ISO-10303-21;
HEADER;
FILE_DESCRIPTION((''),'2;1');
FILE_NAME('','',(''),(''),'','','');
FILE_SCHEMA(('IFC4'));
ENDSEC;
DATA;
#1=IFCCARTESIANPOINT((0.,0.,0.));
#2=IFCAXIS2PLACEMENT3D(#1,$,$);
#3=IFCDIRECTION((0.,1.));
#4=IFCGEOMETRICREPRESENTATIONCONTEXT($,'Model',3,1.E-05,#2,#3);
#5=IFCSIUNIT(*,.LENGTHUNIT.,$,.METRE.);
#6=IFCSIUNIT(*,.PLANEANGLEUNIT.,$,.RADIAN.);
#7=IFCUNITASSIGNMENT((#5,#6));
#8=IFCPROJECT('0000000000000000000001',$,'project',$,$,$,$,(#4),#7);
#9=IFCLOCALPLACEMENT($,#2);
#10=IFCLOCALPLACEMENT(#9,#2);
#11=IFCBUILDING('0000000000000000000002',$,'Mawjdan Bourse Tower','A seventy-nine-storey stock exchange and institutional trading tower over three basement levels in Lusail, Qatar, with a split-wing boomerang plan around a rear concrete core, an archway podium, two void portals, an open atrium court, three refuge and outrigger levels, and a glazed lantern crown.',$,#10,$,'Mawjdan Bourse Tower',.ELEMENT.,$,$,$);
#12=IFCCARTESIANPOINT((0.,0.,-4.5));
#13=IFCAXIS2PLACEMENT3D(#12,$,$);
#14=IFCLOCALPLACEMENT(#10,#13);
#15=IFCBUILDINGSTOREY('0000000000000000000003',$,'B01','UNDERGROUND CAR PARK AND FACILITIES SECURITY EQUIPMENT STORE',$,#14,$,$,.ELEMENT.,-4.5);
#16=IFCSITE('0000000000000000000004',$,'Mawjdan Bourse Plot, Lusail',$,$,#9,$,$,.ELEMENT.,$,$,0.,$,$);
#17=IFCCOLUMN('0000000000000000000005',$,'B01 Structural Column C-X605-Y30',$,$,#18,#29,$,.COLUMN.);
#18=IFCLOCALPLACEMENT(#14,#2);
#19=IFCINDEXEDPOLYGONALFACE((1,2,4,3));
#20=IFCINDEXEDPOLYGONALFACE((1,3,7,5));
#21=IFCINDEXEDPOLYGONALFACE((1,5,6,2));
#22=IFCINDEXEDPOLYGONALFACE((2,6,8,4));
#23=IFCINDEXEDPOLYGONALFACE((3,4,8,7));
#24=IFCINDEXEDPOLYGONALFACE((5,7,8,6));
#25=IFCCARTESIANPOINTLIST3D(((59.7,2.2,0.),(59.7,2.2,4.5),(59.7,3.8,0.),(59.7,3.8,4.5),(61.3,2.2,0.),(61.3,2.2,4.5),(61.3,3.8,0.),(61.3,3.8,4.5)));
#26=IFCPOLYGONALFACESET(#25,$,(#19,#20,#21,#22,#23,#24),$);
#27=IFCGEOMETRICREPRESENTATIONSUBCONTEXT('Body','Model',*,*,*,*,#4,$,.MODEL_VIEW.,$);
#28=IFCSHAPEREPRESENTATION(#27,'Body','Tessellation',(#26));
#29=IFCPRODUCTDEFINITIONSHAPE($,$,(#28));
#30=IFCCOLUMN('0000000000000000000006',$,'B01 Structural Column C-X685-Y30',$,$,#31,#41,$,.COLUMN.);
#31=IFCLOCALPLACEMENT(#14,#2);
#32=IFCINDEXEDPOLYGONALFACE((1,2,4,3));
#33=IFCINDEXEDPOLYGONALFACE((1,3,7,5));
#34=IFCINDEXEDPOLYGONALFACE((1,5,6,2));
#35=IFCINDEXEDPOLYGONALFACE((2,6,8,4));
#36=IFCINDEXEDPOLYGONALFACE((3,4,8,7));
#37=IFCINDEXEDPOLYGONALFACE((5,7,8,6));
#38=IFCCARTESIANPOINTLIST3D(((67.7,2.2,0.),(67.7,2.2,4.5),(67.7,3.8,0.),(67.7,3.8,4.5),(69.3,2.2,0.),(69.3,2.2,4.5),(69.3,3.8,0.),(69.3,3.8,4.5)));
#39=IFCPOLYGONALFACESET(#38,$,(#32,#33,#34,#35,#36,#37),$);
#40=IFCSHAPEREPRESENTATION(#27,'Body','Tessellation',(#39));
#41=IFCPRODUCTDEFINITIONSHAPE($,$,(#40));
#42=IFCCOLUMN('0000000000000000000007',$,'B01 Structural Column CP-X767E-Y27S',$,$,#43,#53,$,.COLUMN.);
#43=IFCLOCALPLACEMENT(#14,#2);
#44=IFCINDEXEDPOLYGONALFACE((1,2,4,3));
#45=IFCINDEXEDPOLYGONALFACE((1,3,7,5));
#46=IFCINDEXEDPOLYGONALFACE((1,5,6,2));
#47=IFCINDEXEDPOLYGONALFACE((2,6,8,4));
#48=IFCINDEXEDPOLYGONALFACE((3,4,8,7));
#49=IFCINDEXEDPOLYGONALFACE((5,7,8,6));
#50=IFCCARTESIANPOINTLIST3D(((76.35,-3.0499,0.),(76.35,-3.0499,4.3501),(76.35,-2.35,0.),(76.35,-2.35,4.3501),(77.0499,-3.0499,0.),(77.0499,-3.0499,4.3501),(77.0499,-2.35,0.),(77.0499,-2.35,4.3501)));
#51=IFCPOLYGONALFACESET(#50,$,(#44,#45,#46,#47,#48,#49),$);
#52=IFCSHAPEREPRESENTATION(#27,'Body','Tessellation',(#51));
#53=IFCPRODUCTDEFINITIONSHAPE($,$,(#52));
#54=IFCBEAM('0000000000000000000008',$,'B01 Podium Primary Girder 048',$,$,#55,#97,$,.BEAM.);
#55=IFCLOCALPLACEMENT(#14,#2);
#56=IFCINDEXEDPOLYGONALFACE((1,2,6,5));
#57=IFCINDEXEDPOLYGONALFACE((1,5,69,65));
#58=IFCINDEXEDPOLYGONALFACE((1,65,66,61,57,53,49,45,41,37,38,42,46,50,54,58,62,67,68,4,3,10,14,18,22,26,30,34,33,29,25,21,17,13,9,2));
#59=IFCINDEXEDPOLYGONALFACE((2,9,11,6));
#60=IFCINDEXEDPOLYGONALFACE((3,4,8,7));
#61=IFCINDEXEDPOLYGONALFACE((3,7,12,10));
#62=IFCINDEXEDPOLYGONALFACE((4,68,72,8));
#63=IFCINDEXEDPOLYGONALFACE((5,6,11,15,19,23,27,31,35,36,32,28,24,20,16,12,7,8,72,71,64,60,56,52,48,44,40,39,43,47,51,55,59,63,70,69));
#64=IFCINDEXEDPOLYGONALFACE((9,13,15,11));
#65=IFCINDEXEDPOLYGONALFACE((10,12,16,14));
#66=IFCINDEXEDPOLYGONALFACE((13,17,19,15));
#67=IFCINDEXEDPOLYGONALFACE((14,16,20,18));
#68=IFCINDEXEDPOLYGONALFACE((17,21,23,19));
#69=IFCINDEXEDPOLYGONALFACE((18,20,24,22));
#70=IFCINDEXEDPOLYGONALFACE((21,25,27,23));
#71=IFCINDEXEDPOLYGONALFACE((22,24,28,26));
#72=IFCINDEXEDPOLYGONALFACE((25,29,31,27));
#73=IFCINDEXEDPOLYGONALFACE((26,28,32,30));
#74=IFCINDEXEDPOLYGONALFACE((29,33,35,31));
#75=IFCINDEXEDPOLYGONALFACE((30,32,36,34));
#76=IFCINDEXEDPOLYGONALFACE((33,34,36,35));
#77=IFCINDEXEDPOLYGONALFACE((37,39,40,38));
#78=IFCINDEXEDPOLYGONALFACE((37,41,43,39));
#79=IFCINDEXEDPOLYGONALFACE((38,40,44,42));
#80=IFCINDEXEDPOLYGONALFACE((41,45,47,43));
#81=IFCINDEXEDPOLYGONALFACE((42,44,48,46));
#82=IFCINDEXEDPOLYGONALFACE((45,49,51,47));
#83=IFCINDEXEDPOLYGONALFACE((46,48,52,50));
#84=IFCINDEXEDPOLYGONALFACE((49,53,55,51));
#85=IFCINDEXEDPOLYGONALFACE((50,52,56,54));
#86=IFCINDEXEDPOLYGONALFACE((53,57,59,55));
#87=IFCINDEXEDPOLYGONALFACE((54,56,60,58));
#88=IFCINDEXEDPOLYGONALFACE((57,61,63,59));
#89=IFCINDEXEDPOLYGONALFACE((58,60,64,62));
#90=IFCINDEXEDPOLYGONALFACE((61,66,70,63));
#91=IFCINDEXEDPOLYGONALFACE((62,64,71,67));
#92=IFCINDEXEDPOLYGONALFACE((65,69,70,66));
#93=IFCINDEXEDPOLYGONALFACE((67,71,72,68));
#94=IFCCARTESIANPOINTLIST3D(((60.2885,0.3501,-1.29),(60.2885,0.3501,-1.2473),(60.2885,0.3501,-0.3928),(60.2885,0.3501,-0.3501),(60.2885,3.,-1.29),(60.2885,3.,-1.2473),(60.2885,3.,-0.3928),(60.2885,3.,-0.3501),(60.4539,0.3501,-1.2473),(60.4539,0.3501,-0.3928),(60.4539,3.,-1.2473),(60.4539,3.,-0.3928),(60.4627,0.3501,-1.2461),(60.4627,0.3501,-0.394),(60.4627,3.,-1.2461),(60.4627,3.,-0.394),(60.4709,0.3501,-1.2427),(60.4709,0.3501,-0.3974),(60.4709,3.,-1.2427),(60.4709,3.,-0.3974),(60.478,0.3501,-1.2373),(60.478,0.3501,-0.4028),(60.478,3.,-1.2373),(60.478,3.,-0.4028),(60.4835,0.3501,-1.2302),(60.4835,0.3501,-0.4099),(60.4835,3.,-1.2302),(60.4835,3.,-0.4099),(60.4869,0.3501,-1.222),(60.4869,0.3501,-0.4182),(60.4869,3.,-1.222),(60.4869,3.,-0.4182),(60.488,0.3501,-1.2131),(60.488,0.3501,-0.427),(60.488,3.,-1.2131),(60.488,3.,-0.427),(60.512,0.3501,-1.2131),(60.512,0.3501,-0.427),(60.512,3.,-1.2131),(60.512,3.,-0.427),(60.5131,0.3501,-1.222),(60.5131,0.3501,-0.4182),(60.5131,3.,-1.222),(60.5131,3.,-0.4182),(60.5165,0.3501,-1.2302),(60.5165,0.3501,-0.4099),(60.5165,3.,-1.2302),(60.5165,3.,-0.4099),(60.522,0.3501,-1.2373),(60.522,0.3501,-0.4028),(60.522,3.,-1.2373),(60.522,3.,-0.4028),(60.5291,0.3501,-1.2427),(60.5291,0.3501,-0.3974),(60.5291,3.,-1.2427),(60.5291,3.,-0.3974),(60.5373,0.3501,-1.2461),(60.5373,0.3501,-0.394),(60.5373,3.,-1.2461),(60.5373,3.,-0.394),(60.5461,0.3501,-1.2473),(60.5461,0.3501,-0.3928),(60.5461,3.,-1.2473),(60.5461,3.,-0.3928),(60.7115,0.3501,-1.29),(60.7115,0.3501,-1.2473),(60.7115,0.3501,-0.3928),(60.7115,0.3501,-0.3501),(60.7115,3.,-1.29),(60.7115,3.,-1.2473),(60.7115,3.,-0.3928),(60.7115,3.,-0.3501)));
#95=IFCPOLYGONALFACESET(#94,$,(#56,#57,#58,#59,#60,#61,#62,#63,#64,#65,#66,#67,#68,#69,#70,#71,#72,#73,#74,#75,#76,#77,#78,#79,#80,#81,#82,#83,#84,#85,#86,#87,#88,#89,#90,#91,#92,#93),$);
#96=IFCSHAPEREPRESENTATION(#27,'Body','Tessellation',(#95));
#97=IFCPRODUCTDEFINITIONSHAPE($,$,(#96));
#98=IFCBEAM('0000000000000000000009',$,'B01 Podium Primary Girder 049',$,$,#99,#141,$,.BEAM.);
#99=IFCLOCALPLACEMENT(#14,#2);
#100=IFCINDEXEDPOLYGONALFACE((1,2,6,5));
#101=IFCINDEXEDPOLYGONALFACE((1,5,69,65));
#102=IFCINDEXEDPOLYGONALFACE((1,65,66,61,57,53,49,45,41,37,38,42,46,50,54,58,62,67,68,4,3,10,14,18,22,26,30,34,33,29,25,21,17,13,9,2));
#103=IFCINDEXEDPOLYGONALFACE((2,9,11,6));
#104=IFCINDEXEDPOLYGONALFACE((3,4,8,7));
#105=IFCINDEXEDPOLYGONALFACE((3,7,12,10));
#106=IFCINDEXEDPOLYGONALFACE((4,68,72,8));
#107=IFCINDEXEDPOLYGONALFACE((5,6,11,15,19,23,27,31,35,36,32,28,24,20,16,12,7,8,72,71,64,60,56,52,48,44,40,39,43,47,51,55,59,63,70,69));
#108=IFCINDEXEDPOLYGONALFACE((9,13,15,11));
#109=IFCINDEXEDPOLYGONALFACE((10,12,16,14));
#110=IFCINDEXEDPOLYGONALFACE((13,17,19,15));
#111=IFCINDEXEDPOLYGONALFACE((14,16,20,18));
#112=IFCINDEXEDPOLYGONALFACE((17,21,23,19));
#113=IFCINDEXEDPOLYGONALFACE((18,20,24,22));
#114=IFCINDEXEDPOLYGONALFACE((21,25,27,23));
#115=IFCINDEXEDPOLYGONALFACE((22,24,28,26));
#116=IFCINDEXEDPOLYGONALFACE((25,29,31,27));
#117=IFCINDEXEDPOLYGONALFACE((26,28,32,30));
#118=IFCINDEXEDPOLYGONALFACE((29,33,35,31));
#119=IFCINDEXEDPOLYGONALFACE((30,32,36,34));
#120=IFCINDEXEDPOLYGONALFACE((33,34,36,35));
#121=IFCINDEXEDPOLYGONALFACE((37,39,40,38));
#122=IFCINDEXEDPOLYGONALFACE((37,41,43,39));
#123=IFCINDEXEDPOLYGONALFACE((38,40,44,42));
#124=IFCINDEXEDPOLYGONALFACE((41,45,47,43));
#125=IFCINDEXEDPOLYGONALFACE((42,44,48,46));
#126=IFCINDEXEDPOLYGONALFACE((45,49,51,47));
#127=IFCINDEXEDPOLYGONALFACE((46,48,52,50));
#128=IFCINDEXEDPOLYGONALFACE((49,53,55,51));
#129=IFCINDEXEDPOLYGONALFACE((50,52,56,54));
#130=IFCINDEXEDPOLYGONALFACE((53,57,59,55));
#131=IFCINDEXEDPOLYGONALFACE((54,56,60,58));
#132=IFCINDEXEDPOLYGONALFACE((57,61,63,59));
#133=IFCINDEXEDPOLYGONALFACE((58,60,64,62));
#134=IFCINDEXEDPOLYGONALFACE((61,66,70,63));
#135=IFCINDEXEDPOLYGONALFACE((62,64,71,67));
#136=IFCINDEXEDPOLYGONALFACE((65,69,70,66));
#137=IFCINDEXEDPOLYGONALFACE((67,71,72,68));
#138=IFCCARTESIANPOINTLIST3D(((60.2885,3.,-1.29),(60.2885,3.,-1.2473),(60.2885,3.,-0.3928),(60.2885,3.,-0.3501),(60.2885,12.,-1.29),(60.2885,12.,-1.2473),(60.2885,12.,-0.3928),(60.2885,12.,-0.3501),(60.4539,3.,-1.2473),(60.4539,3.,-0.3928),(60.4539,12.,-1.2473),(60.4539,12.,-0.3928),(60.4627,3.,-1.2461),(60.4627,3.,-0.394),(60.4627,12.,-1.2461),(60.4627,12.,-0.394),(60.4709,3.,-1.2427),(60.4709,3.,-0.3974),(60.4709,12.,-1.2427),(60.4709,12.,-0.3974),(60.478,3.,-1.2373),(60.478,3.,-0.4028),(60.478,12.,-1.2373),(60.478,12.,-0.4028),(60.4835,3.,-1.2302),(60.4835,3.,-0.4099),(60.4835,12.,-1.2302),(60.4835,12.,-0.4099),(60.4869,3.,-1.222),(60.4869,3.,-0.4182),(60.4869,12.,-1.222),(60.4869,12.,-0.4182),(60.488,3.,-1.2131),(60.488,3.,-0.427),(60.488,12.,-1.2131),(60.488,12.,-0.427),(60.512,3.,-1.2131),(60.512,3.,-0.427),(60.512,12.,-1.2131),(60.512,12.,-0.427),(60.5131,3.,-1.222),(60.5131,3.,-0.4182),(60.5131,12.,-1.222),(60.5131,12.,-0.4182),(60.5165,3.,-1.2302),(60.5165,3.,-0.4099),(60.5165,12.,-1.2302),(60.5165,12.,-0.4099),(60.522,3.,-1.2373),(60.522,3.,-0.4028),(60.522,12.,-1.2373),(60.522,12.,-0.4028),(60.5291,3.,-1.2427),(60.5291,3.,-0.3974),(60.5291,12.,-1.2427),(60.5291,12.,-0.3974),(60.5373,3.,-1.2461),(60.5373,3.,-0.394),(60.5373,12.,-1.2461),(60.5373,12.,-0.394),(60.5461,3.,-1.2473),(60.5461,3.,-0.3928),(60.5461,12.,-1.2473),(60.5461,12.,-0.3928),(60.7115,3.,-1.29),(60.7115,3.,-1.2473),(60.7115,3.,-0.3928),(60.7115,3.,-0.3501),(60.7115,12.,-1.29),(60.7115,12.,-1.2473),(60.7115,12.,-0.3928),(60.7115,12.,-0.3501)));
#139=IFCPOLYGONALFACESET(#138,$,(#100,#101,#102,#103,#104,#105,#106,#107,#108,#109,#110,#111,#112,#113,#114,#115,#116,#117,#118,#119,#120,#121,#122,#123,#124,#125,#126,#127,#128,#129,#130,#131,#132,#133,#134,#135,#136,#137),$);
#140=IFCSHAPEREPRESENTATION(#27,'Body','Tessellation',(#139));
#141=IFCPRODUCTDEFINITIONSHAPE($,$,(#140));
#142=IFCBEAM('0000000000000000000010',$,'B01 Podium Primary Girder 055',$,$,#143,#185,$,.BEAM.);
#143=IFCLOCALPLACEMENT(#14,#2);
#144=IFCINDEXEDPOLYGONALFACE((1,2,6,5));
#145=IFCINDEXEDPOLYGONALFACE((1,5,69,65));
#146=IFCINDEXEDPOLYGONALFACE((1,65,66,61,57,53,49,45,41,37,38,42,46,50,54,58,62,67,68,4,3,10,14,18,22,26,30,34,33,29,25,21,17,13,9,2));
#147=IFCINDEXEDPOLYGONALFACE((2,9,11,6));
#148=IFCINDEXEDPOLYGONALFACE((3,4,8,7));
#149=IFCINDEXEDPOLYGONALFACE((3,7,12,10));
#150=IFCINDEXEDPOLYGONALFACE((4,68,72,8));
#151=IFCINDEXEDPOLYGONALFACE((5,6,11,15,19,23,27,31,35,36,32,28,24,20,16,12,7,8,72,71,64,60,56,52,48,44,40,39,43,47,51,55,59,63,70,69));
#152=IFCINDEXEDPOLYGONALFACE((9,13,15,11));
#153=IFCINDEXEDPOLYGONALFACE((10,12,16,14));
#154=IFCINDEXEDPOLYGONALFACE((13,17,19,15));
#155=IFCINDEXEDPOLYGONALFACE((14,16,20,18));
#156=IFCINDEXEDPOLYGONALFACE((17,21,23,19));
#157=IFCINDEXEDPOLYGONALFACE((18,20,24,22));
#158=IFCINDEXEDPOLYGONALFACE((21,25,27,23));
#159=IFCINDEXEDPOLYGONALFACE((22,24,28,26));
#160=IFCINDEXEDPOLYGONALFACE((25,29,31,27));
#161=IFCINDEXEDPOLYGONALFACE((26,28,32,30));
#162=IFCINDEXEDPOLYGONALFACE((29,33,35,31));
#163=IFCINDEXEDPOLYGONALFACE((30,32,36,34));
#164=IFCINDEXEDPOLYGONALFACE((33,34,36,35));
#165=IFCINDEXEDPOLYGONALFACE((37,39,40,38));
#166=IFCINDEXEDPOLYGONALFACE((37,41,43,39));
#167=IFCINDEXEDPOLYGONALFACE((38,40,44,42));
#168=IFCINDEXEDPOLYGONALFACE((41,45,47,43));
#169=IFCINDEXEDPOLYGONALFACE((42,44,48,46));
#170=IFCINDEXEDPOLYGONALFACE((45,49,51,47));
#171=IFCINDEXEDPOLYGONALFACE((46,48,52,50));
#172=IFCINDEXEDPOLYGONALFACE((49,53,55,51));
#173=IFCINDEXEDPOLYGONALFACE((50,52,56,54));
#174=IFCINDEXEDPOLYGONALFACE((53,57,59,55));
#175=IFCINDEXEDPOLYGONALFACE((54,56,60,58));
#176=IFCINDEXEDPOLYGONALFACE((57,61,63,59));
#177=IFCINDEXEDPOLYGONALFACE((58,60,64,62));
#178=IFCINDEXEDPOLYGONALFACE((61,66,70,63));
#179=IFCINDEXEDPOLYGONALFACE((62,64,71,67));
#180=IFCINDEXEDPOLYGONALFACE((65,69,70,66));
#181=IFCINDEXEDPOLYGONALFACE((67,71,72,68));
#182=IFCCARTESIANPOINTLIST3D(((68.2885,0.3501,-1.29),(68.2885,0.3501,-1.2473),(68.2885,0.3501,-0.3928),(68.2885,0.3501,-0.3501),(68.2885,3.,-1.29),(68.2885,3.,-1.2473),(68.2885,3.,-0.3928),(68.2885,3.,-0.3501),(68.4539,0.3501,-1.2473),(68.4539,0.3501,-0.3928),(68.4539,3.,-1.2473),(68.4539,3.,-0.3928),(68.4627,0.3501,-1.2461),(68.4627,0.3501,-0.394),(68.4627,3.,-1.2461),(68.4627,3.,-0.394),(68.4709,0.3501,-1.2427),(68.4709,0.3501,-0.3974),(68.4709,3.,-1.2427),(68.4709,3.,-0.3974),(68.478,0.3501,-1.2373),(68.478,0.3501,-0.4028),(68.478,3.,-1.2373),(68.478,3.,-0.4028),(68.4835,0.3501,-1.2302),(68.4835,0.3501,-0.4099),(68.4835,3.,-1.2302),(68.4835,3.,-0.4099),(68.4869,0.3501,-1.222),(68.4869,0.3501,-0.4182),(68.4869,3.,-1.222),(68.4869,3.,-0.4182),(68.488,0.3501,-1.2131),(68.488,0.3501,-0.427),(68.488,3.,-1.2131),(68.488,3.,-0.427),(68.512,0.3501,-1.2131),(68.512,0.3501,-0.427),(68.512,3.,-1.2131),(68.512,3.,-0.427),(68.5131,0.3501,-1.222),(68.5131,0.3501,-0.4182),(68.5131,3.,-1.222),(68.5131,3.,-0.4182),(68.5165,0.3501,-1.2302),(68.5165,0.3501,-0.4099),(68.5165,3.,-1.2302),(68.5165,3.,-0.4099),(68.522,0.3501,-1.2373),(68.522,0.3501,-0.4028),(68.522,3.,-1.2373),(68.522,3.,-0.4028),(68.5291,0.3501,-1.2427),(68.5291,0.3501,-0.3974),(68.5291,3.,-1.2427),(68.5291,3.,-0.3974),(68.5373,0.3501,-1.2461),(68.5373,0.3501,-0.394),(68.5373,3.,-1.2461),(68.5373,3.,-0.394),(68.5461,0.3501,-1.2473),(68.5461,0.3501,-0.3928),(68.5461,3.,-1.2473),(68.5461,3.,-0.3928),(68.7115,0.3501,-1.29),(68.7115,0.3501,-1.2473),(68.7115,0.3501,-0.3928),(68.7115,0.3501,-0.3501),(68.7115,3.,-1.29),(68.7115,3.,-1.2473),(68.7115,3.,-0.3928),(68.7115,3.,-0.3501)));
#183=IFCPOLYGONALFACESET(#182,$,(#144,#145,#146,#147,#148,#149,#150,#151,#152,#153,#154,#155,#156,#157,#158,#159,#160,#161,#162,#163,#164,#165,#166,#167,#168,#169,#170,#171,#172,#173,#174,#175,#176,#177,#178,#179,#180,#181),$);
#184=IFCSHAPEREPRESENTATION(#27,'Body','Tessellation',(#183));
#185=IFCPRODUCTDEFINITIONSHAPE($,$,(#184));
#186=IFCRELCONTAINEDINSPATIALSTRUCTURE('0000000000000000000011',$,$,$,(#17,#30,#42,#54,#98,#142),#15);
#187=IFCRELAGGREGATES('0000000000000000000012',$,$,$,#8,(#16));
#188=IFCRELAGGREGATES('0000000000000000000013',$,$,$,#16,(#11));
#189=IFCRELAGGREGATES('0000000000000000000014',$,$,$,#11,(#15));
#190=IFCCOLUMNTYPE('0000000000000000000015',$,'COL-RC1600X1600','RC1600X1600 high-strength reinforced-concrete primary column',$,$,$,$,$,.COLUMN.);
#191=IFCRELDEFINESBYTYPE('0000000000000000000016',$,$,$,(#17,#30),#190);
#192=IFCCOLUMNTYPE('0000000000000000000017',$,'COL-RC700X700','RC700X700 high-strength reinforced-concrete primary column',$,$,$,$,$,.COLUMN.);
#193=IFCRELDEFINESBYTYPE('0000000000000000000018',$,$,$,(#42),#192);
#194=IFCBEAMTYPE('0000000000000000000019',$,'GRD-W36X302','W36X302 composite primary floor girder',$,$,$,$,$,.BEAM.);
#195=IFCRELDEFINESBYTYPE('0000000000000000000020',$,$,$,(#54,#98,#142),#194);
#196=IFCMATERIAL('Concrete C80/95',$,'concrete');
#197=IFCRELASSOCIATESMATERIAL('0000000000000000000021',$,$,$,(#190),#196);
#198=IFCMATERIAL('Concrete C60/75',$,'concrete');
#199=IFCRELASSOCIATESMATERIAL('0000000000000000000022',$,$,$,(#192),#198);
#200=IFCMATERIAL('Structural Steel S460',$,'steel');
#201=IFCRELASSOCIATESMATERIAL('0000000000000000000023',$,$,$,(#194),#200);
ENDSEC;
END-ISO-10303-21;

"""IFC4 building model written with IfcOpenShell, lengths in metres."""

from ifc_helpers import new_model, si_unit, direction, frame, origin, origin_2d, place, context, subcontext, project, spatial, rectangle, i_section, extrude, material, material_profile, profile_set, type_object, element, save


model = new_model("IFC4")

# Units and contexts
model_context = context("Model", 3, precision=1e-05, world=origin(), true_north=direction((0.0, 1.0)))
body_context = subcontext(model_context, "Body", "Model", "MODEL_VIEW")
ifc_project = project(units=[si_unit("LENGTHUNIT", "METRE"), si_unit("PLANEANGLEUNIT", "RADIAN")], contexts=[model_context])

# Site, building, storey
site_placement = place(None, origin())
site = spatial("IfcSite", under=ifc_project, at=site_placement, Name="Mawjdan Bourse Plot, Lusail", CompositionType="ELEMENT", RefElevation=0.0)
building_placement = place(site_placement, origin())
building = spatial("IfcBuilding", under=site, at=building_placement, Name="Mawjdan Bourse Tower", Description="A seventy-nine-storey stock exchange and institutional trading tower over three basement levels in Lusail, Qatar, with a split-wing boomerang plan around a rear concrete core, an archway podium, two void portals, an open atrium court, three refuge and outrigger levels, and a glazed lantern crown.", LongName="Mawjdan Bourse Tower", CompositionType="ELEMENT")
storey_placement = place(building_placement, frame((0.0, 0.0, -4.5)))
storey = spatial("IfcBuildingStorey", under=building, at=storey_placement, Name="B01", Description="UNDERGROUND CAR PARK AND FACILITIES SECURITY EQUIPMENT STORE", CompositionType="ELEMENT", Elevation=-4.5)

# Columns
ifc_material_1 = material(Name="Concrete C80/95", Category="concrete")
ifc_material_profile_1 = material_profile(ifc_material_1, rectangle(XDim=1.6001, YDim=1.6001, at=origin_2d()), Name="RC1600X1600")
ifc_profile_set_1 = profile_set([ifc_material_profile_1], Name="Concrete C80/95")
column_type_1 = type_object("IfcColumnType", Name="COL-RC1600X1600", Description="RC1600X1600 high-strength reinforced-concrete primary column", PredefinedType="COLUMN", material=ifc_profile_set_1)
for number, where, z_axis, x_axis, name in (
    (1, (60.5, 3.0, 0.0), (0.0, 0.0, 1.0), (1.0, 0.0, 0.0), "B01 Structural Column C-X605-Y30"),
    (2, (68.5, 3.0, 0.0), (0.0, 0.0, 1.0), (1.0, 0.0, 0.0), "B01 Structural Column C-X685-Y30"),
):
    element("IfcColumn", number, at=place(storey_placement, frame(where, z_axis=z_axis, x_axis=x_axis)), inside=storey, type_object=column_type_1, Name=name, PredefinedType="COLUMN", context=body_context, shape_type="SweptSolid", body=[
        extrude(rectangle(XDim=1.6001, YDim=1.6001, at=origin_2d()), origin(), (0.0, 0.0, 1.0), 4.5),
    ])
ifc_material_2 = material(Name="Concrete C60/75", Category="concrete")
ifc_material_profile_2 = material_profile(ifc_material_2, rectangle(XDim=0.7, YDim=0.7, at=origin_2d()), Name="RC700X700")
ifc_profile_set_2 = profile_set([ifc_material_profile_2], Name="Concrete C60/75")
column_type_2 = type_object("IfcColumnType", Name="COL-RC700X700", Description="RC700X700 high-strength reinforced-concrete primary column", PredefinedType="COLUMN", material=ifc_profile_set_2)
column_placement = place(storey_placement, frame((76.7, -2.7, 0.0), z_axis=(0.0, 0.0, 1.0), x_axis=(1.0, 0.0, 0.0)))
element("IfcColumn", 3, at=column_placement, inside=storey, type_object=column_type_2, Name="B01 Structural Column CP-X767E-Y27S", PredefinedType="COLUMN", context=body_context, shape_type="SweptSolid", body=[
    extrude(rectangle(XDim=0.7, YDim=0.7, at=origin_2d()), origin(), (0.0, 0.0, 1.0), 4.3501),
])

# Beams
ifc_material_3 = material(Name="Structural Steel S460", Category="steel")
ifc_material_profile_3 = material_profile(ifc_material_3, i_section(OverallWidth=0.4231, OverallDepth=0.9399, WebThickness=0.0239, FlangeThickness=0.0427, FilletRadius=0.0342, at=origin_2d()), Name="W36X302")
ifc_profile_set_3 = profile_set([ifc_material_profile_3], Name="Structural Steel S460")
beam_type_1 = type_object("IfcBeamType", Name="GRD-W36X302", Description="W36X302 composite primary floor girder", PredefinedType="BEAM", material=ifc_profile_set_3)
beam_1_placement = place(storey_placement, frame((60.5, 0.3501, -0.8201), z_axis=(0.0, 1.0, 0.0), x_axis=(-1.0, 0.0, 0.0)))
element("IfcBeam", 4, at=beam_1_placement, inside=storey, type_object=beam_type_1, Name="B01 Podium Primary Girder 048", PredefinedType="BEAM", context=body_context, shape_type="SweptSolid", body=[
    extrude(i_section(OverallWidth=0.4231, OverallDepth=0.9399, WebThickness=0.0239, FlangeThickness=0.0427, FilletRadius=0.0342, at=origin_2d()), origin(), (0.0, 0.0, 1.0), 2.6499),
])
beam_2_placement = place(storey_placement, frame((60.5, 3.0, -0.8201), z_axis=(0.0, 1.0, 0.0), x_axis=(-1.0, 0.0, 0.0)))
element("IfcBeam", 5, at=beam_2_placement, inside=storey, type_object=beam_type_1, Name="B01 Podium Primary Girder 049", PredefinedType="BEAM", context=body_context, shape_type="SweptSolid", body=[
    extrude(i_section(OverallWidth=0.4231, OverallDepth=0.9399, WebThickness=0.0239, FlangeThickness=0.0427, FilletRadius=0.0342, at=origin_2d()), origin(), (0.0, 0.0, 1.0), 9.0),
])
beam_3_placement = place(storey_placement, frame((68.5, 0.3501, -0.8201), z_axis=(0.0, 1.0, 0.0), x_axis=(-1.0, 0.0, 0.0)))
element("IfcBeam", 6, at=beam_3_placement, inside=storey, type_object=beam_type_1, Name="B01 Podium Primary Girder 055", PredefinedType="BEAM", context=body_context, shape_type="SweptSolid", body=[
    extrude(i_section(OverallWidth=0.4231, OverallDepth=0.9399, WebThickness=0.0239, FlangeThickness=0.0427, FilletRadius=0.0342, at=origin_2d()), origin(), (0.0, 0.0, 1.0), 2.6499),
])

save(model, "model.ifc")
